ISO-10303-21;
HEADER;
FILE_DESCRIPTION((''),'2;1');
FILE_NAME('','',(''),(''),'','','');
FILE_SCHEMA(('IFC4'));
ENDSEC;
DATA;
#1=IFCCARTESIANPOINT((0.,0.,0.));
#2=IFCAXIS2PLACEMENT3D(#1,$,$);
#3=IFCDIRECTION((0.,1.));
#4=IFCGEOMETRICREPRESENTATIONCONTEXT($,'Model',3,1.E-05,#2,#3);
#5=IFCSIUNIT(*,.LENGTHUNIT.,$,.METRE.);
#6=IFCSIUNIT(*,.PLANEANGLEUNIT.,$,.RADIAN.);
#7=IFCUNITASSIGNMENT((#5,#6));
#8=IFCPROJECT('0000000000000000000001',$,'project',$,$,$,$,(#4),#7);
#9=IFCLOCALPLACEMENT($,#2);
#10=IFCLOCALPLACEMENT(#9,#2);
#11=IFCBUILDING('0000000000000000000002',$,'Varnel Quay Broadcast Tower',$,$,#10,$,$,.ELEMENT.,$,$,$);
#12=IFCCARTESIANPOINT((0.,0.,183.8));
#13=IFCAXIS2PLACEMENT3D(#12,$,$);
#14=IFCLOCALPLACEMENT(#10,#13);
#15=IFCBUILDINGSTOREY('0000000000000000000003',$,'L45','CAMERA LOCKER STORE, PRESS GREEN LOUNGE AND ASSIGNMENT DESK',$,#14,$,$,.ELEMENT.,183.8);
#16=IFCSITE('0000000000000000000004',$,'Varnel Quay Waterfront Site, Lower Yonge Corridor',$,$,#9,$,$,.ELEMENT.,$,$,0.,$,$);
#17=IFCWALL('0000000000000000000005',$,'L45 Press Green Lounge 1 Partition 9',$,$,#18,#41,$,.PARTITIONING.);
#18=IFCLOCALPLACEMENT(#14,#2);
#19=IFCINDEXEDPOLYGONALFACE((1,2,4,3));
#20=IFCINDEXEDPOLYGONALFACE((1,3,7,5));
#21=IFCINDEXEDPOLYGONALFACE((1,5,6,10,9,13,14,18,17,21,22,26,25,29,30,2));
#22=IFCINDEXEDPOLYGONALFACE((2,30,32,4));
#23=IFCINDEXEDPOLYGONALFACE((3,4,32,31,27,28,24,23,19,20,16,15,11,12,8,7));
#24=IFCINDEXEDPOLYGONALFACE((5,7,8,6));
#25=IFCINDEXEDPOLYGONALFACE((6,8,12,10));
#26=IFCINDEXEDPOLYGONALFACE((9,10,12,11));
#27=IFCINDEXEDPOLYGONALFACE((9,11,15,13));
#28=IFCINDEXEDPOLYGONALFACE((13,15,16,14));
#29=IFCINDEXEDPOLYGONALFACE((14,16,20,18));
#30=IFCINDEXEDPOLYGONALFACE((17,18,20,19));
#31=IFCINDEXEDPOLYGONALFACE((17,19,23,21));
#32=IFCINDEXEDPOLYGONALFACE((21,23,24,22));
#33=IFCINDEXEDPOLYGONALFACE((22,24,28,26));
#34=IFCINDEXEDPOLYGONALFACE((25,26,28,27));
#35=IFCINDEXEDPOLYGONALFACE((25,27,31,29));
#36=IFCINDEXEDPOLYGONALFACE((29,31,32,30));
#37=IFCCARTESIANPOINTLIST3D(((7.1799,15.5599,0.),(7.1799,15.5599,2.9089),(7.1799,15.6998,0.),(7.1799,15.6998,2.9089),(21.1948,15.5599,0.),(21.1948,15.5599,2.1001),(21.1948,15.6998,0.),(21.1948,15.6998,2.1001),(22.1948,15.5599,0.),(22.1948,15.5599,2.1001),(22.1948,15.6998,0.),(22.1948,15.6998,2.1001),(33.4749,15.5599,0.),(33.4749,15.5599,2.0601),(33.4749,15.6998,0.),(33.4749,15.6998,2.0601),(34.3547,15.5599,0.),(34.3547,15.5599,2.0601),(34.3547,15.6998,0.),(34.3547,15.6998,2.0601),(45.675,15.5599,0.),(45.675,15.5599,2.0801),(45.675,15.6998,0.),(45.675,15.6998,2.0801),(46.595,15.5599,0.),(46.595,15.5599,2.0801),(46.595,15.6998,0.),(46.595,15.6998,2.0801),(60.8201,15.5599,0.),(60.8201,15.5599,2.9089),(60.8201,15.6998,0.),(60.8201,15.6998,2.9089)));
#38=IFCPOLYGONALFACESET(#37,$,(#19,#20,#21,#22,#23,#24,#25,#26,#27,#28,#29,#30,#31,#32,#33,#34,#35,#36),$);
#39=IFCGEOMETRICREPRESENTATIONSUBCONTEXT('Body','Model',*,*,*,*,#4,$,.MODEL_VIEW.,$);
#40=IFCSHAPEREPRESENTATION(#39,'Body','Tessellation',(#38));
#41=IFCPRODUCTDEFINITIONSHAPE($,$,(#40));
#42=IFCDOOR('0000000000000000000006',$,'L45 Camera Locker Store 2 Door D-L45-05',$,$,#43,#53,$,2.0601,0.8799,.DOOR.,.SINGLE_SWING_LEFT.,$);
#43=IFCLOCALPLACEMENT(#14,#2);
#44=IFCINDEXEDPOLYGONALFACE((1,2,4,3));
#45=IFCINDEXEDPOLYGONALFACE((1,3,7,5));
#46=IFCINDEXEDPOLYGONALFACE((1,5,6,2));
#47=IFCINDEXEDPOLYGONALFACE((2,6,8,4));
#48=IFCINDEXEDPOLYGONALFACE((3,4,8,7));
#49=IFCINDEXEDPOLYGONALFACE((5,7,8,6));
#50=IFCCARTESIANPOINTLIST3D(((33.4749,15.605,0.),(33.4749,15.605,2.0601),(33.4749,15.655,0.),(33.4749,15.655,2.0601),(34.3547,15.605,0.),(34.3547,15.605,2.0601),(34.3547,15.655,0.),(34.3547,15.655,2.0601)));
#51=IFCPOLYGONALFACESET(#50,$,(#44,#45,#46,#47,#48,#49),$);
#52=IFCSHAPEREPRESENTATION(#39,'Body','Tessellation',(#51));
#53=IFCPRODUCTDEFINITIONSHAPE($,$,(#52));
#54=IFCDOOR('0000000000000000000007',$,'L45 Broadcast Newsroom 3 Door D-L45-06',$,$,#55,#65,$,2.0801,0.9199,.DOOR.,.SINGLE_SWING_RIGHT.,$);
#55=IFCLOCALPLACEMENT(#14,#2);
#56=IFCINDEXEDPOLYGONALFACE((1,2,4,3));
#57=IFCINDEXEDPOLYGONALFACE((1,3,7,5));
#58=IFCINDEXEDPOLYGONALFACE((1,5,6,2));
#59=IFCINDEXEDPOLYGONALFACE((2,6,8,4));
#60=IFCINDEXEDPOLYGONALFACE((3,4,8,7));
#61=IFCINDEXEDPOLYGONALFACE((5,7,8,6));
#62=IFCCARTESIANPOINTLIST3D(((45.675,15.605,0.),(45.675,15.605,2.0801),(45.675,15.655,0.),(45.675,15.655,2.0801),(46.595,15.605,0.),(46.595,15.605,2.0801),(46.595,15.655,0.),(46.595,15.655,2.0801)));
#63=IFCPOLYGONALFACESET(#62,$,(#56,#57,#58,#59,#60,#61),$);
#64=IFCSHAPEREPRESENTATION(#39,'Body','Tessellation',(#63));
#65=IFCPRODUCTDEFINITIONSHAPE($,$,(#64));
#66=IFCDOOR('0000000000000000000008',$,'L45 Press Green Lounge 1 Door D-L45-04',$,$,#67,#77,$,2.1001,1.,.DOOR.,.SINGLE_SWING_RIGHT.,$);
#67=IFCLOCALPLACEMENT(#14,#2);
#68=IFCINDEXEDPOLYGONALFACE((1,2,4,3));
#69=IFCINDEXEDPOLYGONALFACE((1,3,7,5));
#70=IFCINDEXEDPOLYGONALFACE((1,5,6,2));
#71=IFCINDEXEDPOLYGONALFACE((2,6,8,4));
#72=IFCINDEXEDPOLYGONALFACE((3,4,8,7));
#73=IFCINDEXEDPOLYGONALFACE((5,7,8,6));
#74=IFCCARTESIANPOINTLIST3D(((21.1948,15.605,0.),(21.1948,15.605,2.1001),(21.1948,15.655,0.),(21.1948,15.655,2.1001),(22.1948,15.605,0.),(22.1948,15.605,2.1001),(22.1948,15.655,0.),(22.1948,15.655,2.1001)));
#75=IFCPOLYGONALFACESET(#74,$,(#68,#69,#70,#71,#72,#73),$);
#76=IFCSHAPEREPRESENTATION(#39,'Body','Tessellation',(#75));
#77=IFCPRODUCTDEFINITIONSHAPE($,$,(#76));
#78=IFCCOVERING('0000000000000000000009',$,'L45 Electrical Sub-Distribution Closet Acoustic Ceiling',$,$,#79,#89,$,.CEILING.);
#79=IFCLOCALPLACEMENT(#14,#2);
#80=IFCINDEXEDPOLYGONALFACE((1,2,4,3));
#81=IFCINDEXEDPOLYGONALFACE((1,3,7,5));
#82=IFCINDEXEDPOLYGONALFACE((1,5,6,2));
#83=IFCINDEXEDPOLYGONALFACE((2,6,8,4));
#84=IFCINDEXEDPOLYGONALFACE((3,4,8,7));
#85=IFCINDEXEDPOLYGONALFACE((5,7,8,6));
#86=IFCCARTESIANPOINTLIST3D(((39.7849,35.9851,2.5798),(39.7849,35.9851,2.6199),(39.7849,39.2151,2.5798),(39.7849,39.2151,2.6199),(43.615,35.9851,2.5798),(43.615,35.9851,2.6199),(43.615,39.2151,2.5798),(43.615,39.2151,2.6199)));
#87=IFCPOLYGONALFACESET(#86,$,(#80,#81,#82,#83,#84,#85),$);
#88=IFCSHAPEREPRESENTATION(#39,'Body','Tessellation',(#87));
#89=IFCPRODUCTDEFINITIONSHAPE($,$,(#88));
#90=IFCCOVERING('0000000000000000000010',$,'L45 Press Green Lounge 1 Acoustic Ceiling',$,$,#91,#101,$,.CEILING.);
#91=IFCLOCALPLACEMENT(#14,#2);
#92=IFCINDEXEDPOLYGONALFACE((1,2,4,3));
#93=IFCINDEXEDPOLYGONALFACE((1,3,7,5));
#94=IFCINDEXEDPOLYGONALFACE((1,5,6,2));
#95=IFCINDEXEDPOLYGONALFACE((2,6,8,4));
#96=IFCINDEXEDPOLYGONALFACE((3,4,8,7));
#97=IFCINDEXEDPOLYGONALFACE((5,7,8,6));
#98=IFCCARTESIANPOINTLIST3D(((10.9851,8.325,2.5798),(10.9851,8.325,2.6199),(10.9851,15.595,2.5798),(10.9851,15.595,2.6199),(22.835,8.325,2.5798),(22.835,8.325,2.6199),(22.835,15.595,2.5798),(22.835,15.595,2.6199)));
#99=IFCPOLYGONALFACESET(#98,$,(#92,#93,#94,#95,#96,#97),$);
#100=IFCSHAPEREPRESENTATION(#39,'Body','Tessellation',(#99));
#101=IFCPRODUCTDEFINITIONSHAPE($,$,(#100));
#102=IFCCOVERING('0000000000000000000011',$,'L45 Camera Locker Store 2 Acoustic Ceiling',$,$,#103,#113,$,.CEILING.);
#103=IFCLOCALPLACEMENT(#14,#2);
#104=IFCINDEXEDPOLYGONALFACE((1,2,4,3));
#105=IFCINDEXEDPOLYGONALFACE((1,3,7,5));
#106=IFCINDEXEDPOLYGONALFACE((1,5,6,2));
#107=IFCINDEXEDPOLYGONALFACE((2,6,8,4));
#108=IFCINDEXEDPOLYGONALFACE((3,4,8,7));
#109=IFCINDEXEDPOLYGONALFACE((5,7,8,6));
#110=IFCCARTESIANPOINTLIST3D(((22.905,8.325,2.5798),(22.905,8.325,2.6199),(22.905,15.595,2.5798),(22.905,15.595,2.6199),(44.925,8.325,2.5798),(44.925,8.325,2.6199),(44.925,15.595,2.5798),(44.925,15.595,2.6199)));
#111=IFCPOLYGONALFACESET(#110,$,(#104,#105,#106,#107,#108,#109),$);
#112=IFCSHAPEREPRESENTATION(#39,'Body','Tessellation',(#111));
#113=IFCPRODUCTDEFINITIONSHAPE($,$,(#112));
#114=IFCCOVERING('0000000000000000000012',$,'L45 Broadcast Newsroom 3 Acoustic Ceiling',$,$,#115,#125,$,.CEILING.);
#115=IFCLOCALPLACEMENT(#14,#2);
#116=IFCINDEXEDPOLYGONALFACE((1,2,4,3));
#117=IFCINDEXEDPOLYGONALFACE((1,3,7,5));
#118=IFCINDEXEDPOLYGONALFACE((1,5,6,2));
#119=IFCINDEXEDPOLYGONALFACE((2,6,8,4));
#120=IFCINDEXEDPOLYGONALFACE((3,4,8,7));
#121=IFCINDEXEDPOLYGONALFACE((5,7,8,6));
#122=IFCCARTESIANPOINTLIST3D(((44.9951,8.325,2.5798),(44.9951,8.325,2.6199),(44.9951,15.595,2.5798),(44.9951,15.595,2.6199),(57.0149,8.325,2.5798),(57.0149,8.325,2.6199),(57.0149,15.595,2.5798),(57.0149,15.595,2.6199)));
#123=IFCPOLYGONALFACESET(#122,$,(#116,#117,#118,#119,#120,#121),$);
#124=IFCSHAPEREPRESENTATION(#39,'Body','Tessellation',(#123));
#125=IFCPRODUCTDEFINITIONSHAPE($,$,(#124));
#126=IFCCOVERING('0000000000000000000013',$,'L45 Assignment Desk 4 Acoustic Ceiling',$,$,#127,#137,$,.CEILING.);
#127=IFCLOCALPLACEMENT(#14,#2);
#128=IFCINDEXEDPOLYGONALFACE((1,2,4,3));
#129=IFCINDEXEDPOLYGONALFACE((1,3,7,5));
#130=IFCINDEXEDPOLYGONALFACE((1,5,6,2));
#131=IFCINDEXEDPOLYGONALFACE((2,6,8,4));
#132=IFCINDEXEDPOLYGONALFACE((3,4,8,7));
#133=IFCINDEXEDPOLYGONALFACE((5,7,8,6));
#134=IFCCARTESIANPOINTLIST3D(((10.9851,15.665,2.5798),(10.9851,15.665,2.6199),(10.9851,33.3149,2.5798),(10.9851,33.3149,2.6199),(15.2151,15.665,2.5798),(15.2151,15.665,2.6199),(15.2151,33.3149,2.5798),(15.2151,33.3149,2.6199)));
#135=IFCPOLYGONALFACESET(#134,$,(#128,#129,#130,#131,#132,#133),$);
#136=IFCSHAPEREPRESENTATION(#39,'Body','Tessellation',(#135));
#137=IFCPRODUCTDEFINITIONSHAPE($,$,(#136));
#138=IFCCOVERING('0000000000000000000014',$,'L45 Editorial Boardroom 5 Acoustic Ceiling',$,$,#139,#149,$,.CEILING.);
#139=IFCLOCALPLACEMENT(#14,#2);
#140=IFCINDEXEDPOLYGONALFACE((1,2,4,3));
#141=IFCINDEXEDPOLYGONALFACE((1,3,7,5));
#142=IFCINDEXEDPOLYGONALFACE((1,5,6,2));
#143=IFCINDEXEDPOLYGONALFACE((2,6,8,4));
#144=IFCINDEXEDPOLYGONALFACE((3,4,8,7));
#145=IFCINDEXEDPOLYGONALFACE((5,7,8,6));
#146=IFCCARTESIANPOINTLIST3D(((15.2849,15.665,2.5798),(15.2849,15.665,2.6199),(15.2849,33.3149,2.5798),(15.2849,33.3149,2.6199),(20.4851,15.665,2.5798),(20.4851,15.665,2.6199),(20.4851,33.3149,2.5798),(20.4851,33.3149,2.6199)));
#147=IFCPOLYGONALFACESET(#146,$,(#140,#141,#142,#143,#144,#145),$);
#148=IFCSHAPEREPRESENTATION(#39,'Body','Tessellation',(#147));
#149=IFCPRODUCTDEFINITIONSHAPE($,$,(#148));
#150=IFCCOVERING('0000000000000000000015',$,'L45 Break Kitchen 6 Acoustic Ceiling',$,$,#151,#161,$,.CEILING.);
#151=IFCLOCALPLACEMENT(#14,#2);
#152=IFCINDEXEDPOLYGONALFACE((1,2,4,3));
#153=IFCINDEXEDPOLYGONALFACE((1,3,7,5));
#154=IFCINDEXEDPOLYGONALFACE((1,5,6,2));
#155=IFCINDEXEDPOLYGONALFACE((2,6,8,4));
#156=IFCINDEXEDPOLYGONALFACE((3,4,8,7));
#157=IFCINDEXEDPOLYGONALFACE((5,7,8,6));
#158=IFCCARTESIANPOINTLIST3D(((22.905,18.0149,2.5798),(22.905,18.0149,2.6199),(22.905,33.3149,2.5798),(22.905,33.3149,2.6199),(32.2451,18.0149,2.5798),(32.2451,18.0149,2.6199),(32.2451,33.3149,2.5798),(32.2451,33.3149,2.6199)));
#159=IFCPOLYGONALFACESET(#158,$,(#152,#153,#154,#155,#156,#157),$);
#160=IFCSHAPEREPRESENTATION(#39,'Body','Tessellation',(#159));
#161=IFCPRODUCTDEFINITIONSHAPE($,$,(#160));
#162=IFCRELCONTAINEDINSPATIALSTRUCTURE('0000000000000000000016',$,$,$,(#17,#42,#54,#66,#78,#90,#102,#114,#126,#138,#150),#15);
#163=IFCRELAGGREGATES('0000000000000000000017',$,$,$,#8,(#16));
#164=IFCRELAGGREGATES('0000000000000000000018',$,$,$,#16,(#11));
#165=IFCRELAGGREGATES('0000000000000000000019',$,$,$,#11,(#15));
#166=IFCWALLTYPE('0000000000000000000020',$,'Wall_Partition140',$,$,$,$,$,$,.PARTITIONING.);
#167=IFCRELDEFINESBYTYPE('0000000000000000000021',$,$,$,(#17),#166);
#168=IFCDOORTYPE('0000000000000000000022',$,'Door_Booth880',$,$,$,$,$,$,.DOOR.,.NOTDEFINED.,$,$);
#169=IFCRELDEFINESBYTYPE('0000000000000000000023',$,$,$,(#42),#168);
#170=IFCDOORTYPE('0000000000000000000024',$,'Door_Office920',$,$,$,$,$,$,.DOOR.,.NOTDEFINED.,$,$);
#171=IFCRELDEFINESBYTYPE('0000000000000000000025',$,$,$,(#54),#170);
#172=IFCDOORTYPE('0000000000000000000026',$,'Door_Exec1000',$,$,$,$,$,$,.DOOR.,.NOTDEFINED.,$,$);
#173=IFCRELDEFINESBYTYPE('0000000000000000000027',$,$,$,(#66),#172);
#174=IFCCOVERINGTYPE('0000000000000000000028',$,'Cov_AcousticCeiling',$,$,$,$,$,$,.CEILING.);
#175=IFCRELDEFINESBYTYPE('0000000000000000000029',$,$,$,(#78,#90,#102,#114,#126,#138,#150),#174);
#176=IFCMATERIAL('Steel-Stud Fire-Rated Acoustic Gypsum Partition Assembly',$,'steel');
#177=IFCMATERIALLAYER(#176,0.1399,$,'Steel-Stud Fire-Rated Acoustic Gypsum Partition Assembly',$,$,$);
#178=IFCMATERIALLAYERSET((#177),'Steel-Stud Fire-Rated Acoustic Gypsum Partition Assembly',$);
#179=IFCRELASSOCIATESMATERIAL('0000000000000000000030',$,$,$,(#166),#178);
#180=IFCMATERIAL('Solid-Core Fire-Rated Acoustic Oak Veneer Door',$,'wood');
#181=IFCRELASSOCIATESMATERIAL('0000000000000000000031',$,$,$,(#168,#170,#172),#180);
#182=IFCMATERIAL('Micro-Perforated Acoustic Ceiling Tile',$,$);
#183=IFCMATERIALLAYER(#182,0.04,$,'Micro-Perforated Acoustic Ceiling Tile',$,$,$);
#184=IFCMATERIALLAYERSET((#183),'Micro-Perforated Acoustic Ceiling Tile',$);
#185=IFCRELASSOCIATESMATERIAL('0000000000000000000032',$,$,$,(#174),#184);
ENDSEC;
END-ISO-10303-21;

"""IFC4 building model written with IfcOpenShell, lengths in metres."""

from ifc_helpers import new_model, si_unit, direction, frame, frame_2d, origin, place, context, subcontext, project, spatial, polyline, rectangle, outline, extrude, source, transform, mapped, material, layer, layer_set, type_object, type_shapes, element, fill, save


model = new_model("IFC4")

# Units and contexts
model_context = context("Model", 3, precision=1e-05, world=origin(), true_north=direction((0.0, 1.0)))
body_context = subcontext(model_context, "Body", "Model", "MODEL_VIEW")
ifc_project = project(units=[si_unit("LENGTHUNIT", "METRE"), si_unit("PLANEANGLEUNIT", "RADIAN")], contexts=[model_context])

# Site, building, storey
site_placement = place(None, origin())
site = spatial("IfcSite", under=ifc_project, at=site_placement, Name="Varnel Quay Waterfront Site, Lower Yonge Corridor", CompositionType="ELEMENT", RefElevation=0.0)
building_placement = place(site_placement, origin())
building = spatial("IfcBuilding", under=site, at=building_placement, Name="Varnel Quay Broadcast Tower", CompositionType="ELEMENT")
storey_placement = place(building_placement, frame((0.0, 0.0, 183.8)))
storey = spatial("IfcBuildingStorey", under=building, at=storey_placement, Name="L45", Description="CAMERA LOCKER STORE, PRESS GREEN LOUNGE AND ASSIGNMENT DESK", CompositionType="ELEMENT", Elevation=183.8)

# Wall, openings, doors
ifc_material_1 = material(Name="Steel-Stud Fire-Rated Acoustic Gypsum Partition Assembly", Category="steel")
ifc_layer_1 = layer(ifc_material_1, 0.1399, Name="Steel-Stud Fire-Rated Acoustic Gypsum Partition Assembly")
ifc_layer_set_1 = layer_set([ifc_layer_1], Name="Steel-Stud Fire-Rated Acoustic Gypsum Partition Assembly")
wall_type = type_object("IfcWallType", Name="Wall_Partition140", PredefinedType="PARTITIONING", material=ifc_layer_set_1)
wall_placement = place(storey_placement, frame((7.1799, 15.6299, 0.0), z_axis=(0.0, 0.0, 1.0), x_axis=(1.0, 0.0, 0.0)))
wall = element("IfcWall", 1, at=wall_placement, inside=storey, type_object=wall_type, Name="L45 Press Green Lounge 1 Partition 9", PredefinedType="PARTITIONING", context=body_context, shape_type="SweptSolid", body=[
    extrude(rectangle(XDim=53.6401, YDim=0.1399, at=frame_2d((26.8201, 0.0))), origin(), (0.0, 0.0, 1.0), 2.9089),
])
opening_1_placement = place(wall_placement, frame((14.0149, 0.0, 0.0)))
opening_1 = element("IfcOpeningElement", 2, at=opening_1_placement, cuts=wall, PredefinedType="OPENING", context=body_context, shape_type="SweptSolid", body=[
    extrude(rectangle(XDim=1.0, YDim=2.1001, at=frame_2d((0.5, 1.05))), frame((0.0, 0.0801, 0.0), z_axis=(0.0, -1.0, 0.0), x_axis=(1.0, 0.0, 0.0)), (0.0, 0.0, 1.0), 0.1599),
])
opening_2_placement = place(wall_placement, frame((26.2949, 0.0, 0.0)))
opening_2 = element("IfcOpeningElement", 3, at=opening_2_placement, cuts=wall, PredefinedType="OPENING", context=body_context, shape_type="SweptSolid", body=[
    extrude(rectangle(XDim=0.8799, YDim=2.0601, at=frame_2d((0.4399, 1.03))), frame((0.0, 0.0801, 0.0), z_axis=(0.0, -1.0, 0.0), x_axis=(1.0, 0.0, 0.0)), (0.0, 0.0, 1.0), 0.1599),
])
opening_3_placement = place(wall_placement, frame((38.4951, 0.0, 0.0)))
opening_3 = element("IfcOpeningElement", 4, at=opening_3_placement, cuts=wall, PredefinedType="OPENING", context=body_context, shape_type="SweptSolid", body=[
    extrude(rectangle(XDim=0.9199, YDim=2.0801, at=frame_2d((0.46, 1.04))), frame((0.0, 0.0801, 0.0), z_axis=(0.0, -1.0, 0.0), x_axis=(1.0, 0.0, 0.0)), (0.0, 0.0, 1.0), 0.1599),
])
ifc_material_2 = material(Name="Solid-Core Fire-Rated Acoustic Oak Veneer Door", Category="wood")
door_type_1 = type_object("IfcDoorType", Name="Door_Booth880", OperationType="NOTDEFINED", PredefinedType="DOOR", material=ifc_material_2)
shared_shape_1 = source(origin(), body_context, "Body", "SweptSolid", [
    extrude(rectangle(XDim=0.8799, YDim=2.0601, at=frame_2d((0.4399, 1.03))), frame((0.0, 0.0249, 0.0), z_axis=(0.0, -1.0, 0.0), x_axis=(1.0, 0.0, 0.0)), (0.0, 0.0, 1.0), 0.05),
])
type_shapes(door_type_1, [shared_shape_1])
door_1_placement = place(opening_2_placement, frame((0.8799, 0.0, 0.0), z_axis=(0.0, 0.0, 1.0), x_axis=(-1.0, 0.0, 0.0)))
door_1 = element("IfcDoor", 5, at=door_1_placement, inside=storey, type_object=door_type_1, Name="L45 Camera Locker Store 2 Door D-L45-05", OperationType="SINGLE_SWING_LEFT", OverallHeight=2.0601, OverallWidth=0.8799, PredefinedType="DOOR", context=body_context, shape_type="MappedRepresentation", body=[
    mapped(shared_shape_1, transform((0.0, 0.0, 0.0), x_axis=(1.0, 0.0, 0.0), y_axis=(0.0, 1.0, 0.0), z_axis=(0.0, 0.0, 1.0), scale=1.0)),
])
fill(opening_2, door_1)
door_type_2 = type_object("IfcDoorType", Name="Door_Office920", OperationType="NOTDEFINED", PredefinedType="DOOR", material=ifc_material_2)
shared_shape_2 = source(origin(), body_context, "Body", "SweptSolid", [
    extrude(rectangle(XDim=0.9199, YDim=2.0801, at=frame_2d((0.46, 1.04))), frame((0.0, 0.0249, 0.0), z_axis=(0.0, -1.0, 0.0), x_axis=(1.0, 0.0, 0.0)), (0.0, 0.0, 1.0), 0.05),
])
type_shapes(door_type_2, [shared_shape_2])
door_2_placement = place(opening_3_placement, frame((0.9199, 0.0, 0.0), z_axis=(0.0, 0.0, 1.0), x_axis=(-1.0, 0.0, 0.0)))
door_2 = element("IfcDoor", 6, at=door_2_placement, inside=storey, type_object=door_type_2, Name="L45 Broadcast Newsroom 3 Door D-L45-06", OperationType="SINGLE_SWING_RIGHT", OverallHeight=2.0801, OverallWidth=0.9199, PredefinedType="DOOR", context=body_context, shape_type="MappedRepresentation", body=[
    mapped(shared_shape_2, transform((0.0, 0.0, 0.0), x_axis=(1.0, 0.0, 0.0), y_axis=(0.0, 1.0, 0.0), z_axis=(0.0, 0.0, 1.0), scale=1.0)),
])
fill(opening_3, door_2)
door_type_3 = type_object("IfcDoorType", Name="Door_Exec1000", OperationType="NOTDEFINED", PredefinedType="DOOR", material=ifc_material_2)
shared_shape_3 = source(origin(), body_context, "Body", "SweptSolid", [
    extrude(rectangle(XDim=1.0, YDim=2.1001, at=frame_2d((0.5, 1.05))), frame((0.0, 0.0249, 0.0), z_axis=(0.0, -1.0, 0.0), x_axis=(1.0, 0.0, 0.0)), (0.0, 0.0, 1.0), 0.05),
])
type_shapes(door_type_3, [shared_shape_3])
door_3_placement = place(opening_1_placement, frame((1.0, 0.0, 0.0), z_axis=(0.0, 0.0, 1.0), x_axis=(-1.0, 0.0, 0.0)))
door_3 = element("IfcDoor", 7, at=door_3_placement, inside=storey, type_object=door_type_3, Name="L45 Press Green Lounge 1 Door D-L45-04", OperationType="SINGLE_SWING_RIGHT", OverallHeight=2.1001, OverallWidth=1.0, PredefinedType="DOOR", context=body_context, shape_type="MappedRepresentation", body=[
    mapped(shared_shape_3, transform((0.0, 0.0, 0.0), x_axis=(1.0, 0.0, 0.0), y_axis=(0.0, 1.0, 0.0), z_axis=(0.0, 0.0, 1.0), scale=1.0)),
])
fill(opening_1, door_3)

# Coverings
ifc_material_3 = material(Name="Micro-Perforated Acoustic Ceiling Tile")
ifc_layer_2 = layer(ifc_material_3, 0.04, Name="Micro-Perforated Acoustic Ceiling Tile")
ifc_layer_set_2 = layer_set([ifc_layer_2], Name="Micro-Perforated Acoustic Ceiling Tile")
covering_type_1 = type_object("IfcCoveringType", Name="Cov_AcousticCeiling", PredefinedType="CEILING", material=ifc_layer_set_2)
covering_1_placement = place(storey_placement, frame((0.0, 0.0, 2.5798)))
element("IfcCovering", 8, at=covering_1_placement, inside=storey, type_object=covering_type_1, Name="L45 Electrical Sub-Distribution Closet Acoustic Ceiling", PredefinedType="CEILING", context=body_context, shape_type="SweptSolid", body=[
    extrude(outline(polyline([(39.7849, 35.9851), (43.615, 35.9851), (43.615, 39.2151), (39.7849, 39.2151), (39.7849, 35.9851)])), origin(), (0.0, 0.0, 1.0), 0.04),
])
covering_2_placement = place(storey_placement, frame((0.0, 0.0, 2.5798)))
element("IfcCovering", 9, at=covering_2_placement, inside=storey, type_object=covering_type_1, Name="L45 Press Green Lounge 1 Acoustic Ceiling", PredefinedType="CEILING", context=body_context, shape_type="SweptSolid", body=[
    extrude(outline(polyline([(10.9851, 8.325), (22.835, 8.325), (22.835, 15.595), (10.9851, 15.595), (10.9851, 8.325)])), origin(), (0.0, 0.0, 1.0), 0.04),
])
covering_3_placement = place(storey_placement, frame((0.0, 0.0, 2.5798)))
element("IfcCovering", 10, at=covering_3_placement, inside=storey, type_object=covering_type_1, Name="L45 Camera Locker Store 2 Acoustic Ceiling", PredefinedType="CEILING", context=body_context, shape_type="SweptSolid", body=[
    extrude(outline(polyline([(22.905, 8.325), (44.925, 8.325), (44.925, 15.595), (22.905, 15.595), (22.905, 8.325)])), origin(), (0.0, 0.0, 1.0), 0.04),
])
covering_4_placement = place(storey_placement, frame((0.0, 0.0, 2.5798)))
element("IfcCovering", 11, at=covering_4_placement, inside=storey, type_object=covering_type_1, Name="L45 Broadcast Newsroom 3 Acoustic Ceiling", PredefinedType="CEILING", context=body_context, shape_type="SweptSolid", body=[
    extrude(outline(polyline([(44.9951, 8.325), (57.0149, 8.325), (57.0149, 15.595), (44.9951, 15.595), (44.9951, 8.325)])), origin(), (0.0, 0.0, 1.0), 0.04),
])
covering_5_placement = place(storey_placement, frame((0.0, 0.0, 2.5798)))
element("IfcCovering", 12, at=covering_5_placement, inside=storey, type_object=covering_type_1, Name="L45 Assignment Desk 4 Acoustic Ceiling", PredefinedType="CEILING", context=body_context, shape_type="SweptSolid", body=[
    extrude(outline(polyline([(10.9851, 15.665), (15.2151, 15.665), (15.2151, 33.3149), (10.9851, 33.3149), (10.9851, 15.665)])), origin(), (0.0, 0.0, 1.0), 0.04),
])
covering_6_placement = place(storey_placement, frame((0.0, 0.0, 2.5798)))
element("IfcCovering", 13, at=covering_6_placement, inside=storey, type_object=covering_type_1, Name="L45 Editorial Boardroom 5 Acoustic Ceiling", PredefinedType="CEILING", context=body_context, shape_type="SweptSolid", body=[
    extrude(outline(polyline([(15.2849, 15.665), (20.4851, 15.665), (20.4851, 33.3149), (15.2849, 33.3149), (15.2849, 15.665)])), origin(), (0.0, 0.0, 1.0), 0.04),
])
covering_7_placement = place(storey_placement, frame((0.0, 0.0, 2.5798)))
element("IfcCovering", 14, at=covering_7_placement, inside=storey, type_object=covering_type_1, Name="L45 Break Kitchen 6 Acoustic Ceiling", PredefinedType="CEILING", context=body_context, shape_type="SweptSolid", body=[
    extrude(outline(polyline([(22.905, 18.0149), (32.2451, 18.0149), (32.2451, 33.3149), (22.905, 33.3149), (22.905, 18.0149)])), origin(), (0.0, 0.0, 1.0), 0.04),
])

save(model, "model.ifc")
